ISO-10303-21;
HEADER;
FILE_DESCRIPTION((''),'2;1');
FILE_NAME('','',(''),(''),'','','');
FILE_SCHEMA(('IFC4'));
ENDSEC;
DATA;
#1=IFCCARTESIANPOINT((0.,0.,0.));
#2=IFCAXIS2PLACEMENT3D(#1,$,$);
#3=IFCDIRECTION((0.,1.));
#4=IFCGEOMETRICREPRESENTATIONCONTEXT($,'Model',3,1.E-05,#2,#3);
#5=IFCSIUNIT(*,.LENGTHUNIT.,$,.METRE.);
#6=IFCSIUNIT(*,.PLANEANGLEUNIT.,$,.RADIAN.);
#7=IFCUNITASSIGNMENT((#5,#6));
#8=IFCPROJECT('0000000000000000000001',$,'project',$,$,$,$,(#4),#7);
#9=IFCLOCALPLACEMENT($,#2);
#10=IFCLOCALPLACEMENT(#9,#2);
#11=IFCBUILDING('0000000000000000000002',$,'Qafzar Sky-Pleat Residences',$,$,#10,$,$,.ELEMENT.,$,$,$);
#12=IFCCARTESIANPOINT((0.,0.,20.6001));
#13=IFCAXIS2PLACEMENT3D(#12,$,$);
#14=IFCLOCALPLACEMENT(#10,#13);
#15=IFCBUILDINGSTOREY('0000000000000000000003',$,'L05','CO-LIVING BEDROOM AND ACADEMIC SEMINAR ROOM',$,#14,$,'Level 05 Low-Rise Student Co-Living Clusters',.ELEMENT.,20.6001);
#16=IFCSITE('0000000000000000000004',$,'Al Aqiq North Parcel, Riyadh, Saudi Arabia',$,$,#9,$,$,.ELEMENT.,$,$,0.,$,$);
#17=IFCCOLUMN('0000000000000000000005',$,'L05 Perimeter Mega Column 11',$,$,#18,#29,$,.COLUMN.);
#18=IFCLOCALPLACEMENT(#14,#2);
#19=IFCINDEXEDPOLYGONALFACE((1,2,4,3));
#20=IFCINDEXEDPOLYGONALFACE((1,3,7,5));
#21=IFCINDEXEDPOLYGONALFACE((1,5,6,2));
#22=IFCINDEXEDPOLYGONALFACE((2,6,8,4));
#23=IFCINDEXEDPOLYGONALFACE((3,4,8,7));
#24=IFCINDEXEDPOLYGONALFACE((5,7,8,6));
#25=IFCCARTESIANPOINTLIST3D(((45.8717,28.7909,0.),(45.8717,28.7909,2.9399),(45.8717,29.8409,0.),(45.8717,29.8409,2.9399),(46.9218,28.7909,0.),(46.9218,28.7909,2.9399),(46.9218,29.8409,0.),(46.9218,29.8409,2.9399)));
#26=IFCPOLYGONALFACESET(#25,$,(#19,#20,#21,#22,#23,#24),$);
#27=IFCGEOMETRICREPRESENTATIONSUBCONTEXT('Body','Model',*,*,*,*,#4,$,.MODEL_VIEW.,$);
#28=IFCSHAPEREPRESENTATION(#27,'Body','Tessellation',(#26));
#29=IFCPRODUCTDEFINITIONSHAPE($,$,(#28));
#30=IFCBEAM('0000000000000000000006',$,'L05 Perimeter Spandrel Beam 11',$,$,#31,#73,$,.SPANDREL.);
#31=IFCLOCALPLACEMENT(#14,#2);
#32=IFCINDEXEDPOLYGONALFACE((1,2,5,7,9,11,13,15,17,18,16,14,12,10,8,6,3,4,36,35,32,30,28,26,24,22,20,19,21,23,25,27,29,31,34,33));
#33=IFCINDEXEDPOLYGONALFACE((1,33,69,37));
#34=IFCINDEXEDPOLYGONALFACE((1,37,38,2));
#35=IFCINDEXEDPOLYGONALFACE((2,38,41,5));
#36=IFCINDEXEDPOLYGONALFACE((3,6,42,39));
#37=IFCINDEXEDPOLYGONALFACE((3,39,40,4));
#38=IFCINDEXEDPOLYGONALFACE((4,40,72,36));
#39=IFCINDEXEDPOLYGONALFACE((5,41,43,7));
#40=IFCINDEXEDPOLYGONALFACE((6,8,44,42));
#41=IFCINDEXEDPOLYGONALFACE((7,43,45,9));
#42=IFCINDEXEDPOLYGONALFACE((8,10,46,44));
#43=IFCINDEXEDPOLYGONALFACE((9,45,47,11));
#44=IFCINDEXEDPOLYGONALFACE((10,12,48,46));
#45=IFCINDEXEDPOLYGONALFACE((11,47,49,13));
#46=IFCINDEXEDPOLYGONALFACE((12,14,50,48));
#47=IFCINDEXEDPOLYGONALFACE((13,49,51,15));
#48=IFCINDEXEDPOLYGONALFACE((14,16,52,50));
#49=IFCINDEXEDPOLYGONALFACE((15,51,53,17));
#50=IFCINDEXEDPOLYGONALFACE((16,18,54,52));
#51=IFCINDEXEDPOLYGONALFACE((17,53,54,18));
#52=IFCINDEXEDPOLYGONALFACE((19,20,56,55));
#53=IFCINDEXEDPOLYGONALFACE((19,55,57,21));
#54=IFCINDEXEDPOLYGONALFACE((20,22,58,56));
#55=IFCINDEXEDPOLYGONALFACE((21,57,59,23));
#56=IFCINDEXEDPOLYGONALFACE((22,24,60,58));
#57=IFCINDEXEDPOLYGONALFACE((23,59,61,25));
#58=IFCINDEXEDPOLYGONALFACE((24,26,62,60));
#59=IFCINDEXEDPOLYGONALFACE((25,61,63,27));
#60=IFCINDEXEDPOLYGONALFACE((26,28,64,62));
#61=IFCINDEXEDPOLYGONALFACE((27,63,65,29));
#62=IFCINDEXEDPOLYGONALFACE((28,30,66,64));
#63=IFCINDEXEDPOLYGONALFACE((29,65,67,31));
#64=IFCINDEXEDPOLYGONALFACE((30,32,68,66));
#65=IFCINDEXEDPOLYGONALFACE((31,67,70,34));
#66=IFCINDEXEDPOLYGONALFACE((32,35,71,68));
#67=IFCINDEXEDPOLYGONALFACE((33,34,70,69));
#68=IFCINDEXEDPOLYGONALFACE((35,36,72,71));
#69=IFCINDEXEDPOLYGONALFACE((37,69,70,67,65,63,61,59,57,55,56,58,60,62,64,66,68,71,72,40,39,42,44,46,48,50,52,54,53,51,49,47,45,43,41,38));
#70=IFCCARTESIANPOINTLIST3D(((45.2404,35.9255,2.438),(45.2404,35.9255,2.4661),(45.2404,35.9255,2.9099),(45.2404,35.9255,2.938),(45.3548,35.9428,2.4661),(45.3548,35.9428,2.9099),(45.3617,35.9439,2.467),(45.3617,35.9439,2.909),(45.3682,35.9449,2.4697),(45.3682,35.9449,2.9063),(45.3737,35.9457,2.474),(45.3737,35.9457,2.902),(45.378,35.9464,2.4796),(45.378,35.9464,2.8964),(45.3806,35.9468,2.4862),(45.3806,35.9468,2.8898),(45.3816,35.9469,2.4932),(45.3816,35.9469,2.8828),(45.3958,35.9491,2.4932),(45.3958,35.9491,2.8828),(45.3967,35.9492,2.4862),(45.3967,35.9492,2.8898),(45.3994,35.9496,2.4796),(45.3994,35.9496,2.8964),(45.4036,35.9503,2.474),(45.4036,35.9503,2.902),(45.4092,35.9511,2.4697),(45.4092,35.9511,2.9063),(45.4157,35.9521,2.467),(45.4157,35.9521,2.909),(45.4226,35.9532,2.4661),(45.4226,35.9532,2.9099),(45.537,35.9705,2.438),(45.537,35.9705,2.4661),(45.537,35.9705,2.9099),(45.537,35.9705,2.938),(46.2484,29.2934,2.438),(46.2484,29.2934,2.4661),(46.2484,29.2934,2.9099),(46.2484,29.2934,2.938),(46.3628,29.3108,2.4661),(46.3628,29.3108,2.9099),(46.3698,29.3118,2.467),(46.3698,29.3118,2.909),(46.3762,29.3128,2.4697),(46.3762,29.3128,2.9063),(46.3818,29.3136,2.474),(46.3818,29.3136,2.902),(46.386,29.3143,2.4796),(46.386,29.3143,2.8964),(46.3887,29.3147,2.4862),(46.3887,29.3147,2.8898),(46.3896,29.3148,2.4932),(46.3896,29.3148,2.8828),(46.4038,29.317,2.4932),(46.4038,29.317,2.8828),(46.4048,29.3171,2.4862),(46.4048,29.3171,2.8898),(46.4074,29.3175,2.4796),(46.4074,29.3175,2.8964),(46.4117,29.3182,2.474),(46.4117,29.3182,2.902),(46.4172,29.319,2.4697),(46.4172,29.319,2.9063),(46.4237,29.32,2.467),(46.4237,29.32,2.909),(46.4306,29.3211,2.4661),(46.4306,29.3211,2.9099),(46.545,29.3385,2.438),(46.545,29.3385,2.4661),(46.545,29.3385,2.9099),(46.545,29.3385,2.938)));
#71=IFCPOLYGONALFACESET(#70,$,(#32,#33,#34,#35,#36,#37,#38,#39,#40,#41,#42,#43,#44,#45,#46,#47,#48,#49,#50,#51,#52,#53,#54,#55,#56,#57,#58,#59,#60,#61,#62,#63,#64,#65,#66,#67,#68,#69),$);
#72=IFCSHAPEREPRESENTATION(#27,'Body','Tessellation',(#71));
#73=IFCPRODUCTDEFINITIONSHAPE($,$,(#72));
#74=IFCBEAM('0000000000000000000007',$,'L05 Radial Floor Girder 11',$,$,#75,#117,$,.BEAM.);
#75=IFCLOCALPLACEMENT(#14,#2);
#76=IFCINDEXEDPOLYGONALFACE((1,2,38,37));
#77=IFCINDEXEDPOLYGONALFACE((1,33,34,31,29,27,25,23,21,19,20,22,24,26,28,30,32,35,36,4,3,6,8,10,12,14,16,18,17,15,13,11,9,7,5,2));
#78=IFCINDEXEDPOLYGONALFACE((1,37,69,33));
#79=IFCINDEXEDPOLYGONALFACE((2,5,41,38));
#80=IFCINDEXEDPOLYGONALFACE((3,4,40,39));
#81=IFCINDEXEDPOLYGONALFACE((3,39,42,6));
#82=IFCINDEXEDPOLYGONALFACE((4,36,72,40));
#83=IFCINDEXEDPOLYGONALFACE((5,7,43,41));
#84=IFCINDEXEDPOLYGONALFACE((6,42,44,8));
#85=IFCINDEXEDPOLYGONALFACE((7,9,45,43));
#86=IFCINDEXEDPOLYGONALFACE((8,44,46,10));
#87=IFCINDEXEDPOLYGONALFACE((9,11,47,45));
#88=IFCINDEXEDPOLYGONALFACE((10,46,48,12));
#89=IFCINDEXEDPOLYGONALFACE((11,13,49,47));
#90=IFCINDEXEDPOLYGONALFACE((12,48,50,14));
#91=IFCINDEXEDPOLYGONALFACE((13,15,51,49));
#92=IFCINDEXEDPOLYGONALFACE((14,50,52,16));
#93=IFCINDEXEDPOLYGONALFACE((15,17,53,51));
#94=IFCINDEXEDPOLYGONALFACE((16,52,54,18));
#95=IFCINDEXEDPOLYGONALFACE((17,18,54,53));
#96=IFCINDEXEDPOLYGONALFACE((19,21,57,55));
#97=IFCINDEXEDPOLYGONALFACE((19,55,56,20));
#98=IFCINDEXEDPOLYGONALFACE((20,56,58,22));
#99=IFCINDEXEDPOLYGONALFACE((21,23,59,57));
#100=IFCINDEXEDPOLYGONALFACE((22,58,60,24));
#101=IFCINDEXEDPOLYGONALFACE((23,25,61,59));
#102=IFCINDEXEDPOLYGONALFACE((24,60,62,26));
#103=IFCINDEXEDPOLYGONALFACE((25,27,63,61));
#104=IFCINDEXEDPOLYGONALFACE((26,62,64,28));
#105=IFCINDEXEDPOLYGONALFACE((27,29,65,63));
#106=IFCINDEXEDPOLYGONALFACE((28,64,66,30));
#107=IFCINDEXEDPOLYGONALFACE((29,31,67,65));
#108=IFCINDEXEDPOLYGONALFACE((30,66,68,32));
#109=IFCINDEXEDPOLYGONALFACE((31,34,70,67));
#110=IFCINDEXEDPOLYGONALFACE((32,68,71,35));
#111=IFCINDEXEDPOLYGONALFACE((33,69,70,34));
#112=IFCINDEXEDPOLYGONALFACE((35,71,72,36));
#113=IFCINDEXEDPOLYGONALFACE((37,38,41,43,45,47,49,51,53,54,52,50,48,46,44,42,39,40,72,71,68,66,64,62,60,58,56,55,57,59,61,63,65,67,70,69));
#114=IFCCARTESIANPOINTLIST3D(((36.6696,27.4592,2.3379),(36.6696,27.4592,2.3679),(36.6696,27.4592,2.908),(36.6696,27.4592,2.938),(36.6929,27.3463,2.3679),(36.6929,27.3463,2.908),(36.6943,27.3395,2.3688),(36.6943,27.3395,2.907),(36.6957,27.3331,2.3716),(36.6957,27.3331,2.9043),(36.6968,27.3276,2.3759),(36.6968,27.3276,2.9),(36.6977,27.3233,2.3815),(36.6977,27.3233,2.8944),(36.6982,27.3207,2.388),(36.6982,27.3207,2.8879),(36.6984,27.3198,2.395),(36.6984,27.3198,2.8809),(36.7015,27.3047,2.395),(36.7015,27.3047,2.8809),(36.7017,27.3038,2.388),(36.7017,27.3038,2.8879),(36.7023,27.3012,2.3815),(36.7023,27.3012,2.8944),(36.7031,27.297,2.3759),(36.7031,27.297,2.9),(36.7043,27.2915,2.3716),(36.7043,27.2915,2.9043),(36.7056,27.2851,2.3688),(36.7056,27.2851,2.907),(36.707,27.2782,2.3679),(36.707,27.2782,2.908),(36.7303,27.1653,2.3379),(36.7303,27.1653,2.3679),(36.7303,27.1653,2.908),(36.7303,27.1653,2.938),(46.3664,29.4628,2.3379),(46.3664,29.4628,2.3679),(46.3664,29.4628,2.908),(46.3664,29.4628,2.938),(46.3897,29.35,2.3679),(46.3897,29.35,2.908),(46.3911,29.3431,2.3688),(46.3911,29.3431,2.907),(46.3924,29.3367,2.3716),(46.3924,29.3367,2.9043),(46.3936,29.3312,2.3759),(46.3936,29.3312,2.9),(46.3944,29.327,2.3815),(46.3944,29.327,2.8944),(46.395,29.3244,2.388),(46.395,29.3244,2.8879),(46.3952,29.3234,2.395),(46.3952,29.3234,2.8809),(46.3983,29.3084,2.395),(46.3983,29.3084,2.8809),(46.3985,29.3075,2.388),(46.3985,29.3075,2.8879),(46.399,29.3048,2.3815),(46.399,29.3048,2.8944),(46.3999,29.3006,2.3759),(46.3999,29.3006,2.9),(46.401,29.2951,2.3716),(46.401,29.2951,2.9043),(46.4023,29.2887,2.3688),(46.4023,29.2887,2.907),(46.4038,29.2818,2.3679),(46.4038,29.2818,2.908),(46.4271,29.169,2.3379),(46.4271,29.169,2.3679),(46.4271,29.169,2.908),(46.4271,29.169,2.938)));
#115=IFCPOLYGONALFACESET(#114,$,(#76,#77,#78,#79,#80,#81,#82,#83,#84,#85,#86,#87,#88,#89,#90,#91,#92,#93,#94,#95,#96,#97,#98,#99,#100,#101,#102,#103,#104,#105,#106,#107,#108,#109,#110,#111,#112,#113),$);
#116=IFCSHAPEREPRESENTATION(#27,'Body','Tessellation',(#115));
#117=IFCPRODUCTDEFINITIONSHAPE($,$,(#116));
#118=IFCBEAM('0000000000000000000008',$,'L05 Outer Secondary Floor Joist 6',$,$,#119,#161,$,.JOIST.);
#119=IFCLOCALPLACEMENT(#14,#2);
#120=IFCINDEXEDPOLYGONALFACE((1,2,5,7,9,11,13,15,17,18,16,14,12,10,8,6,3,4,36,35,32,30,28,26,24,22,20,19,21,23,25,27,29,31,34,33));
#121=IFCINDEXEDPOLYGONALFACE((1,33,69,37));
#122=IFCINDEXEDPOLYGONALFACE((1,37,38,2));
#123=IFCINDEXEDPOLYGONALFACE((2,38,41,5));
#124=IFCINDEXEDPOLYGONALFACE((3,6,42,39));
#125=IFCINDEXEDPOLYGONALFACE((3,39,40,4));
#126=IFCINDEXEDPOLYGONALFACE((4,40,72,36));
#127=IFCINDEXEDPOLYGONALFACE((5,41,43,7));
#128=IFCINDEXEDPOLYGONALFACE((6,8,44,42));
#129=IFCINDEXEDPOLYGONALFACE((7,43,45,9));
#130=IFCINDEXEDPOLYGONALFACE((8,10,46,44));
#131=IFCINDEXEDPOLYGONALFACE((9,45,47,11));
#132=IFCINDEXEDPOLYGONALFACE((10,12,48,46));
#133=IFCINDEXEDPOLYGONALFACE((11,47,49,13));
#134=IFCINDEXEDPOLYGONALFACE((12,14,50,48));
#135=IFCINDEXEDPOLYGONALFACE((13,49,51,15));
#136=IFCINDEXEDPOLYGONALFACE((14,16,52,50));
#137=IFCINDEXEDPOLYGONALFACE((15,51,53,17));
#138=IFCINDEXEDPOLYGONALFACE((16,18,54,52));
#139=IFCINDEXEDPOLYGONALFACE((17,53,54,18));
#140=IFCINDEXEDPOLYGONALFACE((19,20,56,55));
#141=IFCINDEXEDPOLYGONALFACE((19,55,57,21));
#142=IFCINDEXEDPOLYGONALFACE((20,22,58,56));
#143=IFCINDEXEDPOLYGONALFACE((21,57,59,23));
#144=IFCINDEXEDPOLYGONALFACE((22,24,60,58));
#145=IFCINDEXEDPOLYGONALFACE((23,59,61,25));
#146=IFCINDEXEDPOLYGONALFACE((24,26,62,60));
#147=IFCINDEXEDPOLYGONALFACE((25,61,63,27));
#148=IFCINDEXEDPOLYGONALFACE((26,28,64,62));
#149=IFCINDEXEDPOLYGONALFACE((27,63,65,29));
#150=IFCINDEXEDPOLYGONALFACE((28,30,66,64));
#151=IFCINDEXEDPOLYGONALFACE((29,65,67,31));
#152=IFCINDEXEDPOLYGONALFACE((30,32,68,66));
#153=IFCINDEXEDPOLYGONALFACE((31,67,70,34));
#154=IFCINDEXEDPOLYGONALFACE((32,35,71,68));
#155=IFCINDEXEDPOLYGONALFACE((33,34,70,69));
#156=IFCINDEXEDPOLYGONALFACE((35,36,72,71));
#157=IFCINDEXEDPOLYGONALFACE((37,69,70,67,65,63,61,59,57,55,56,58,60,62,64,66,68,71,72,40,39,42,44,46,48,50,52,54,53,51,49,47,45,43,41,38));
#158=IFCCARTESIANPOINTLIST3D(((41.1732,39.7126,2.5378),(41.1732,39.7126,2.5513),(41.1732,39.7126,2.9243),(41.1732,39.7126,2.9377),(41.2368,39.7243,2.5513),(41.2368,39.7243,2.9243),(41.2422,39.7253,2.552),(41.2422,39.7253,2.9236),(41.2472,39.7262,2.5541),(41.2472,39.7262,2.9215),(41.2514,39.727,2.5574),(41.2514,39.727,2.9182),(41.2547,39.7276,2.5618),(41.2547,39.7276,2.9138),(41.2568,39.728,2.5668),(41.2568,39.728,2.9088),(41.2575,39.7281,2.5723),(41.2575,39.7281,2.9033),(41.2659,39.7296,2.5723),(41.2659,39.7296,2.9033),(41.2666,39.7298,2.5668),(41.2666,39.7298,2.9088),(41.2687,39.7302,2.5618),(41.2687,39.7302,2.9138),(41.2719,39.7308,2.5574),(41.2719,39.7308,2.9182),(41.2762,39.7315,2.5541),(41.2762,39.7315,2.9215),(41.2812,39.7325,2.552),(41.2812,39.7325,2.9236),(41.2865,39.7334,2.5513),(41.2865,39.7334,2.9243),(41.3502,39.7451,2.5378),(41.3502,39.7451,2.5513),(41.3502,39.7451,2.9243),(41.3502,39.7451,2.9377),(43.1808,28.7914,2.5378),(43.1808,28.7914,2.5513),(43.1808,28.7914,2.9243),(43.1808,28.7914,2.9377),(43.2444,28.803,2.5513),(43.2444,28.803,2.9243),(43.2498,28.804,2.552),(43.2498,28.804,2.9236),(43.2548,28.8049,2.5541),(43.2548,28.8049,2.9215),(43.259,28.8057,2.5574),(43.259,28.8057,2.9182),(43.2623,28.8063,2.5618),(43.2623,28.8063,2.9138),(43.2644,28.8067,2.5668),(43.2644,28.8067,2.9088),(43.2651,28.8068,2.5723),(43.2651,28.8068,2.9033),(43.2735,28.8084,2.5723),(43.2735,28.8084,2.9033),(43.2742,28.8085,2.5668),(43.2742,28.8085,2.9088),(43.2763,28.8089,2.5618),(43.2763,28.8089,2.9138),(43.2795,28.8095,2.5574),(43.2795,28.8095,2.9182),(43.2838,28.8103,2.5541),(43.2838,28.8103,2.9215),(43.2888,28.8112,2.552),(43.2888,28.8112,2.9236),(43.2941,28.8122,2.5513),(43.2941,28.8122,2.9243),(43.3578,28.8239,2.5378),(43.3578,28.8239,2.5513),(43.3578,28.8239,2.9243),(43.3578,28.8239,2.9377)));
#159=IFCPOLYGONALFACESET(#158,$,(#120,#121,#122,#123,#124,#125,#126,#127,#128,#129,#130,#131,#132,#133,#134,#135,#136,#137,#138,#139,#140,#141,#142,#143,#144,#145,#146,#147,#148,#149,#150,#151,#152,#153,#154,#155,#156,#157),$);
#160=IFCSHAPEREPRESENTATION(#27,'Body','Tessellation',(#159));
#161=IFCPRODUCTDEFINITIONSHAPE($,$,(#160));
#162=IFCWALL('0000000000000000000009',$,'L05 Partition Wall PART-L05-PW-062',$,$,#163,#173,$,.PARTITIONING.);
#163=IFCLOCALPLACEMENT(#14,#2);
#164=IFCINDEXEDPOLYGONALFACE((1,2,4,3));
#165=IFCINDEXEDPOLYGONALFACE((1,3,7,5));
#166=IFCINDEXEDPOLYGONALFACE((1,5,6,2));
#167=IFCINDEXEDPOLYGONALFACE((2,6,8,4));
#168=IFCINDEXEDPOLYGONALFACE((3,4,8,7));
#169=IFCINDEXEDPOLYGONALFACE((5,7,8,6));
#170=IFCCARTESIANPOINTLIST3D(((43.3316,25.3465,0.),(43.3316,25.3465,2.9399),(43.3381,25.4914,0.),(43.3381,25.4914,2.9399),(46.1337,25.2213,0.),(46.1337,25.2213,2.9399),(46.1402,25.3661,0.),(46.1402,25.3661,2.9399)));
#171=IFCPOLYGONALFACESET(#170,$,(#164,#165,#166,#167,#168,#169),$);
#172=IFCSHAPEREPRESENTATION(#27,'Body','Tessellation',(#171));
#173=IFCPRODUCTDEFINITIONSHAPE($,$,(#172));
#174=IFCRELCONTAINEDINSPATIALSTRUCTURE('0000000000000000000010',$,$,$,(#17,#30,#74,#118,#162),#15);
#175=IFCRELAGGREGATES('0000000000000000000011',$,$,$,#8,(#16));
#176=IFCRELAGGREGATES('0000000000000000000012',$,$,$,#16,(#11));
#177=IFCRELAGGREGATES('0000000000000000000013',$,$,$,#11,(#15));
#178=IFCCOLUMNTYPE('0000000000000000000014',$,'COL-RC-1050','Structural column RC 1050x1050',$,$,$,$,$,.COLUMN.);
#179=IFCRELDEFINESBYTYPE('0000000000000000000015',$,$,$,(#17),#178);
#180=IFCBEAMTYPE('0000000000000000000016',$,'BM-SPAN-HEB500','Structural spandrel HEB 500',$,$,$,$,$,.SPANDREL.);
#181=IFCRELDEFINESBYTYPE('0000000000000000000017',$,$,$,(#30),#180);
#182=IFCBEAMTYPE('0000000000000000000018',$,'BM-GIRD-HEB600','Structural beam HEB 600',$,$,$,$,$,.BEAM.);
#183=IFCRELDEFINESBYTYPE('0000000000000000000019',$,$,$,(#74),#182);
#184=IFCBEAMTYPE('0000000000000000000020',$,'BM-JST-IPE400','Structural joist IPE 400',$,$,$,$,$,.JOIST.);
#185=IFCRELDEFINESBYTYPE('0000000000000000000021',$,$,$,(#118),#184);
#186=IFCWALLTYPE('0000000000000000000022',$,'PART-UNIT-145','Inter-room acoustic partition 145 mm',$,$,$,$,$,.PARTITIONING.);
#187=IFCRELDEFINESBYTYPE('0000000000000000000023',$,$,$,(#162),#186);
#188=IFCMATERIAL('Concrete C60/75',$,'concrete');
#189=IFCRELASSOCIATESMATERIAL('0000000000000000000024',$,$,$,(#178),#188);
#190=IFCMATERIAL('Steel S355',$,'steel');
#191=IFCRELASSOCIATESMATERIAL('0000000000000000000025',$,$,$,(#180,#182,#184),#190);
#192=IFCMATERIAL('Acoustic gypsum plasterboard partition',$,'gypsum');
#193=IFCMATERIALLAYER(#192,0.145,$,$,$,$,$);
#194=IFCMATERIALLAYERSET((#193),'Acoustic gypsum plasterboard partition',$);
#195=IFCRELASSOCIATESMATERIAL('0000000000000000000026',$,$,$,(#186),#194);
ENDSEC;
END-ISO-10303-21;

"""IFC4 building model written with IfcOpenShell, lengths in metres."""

from ifc_helpers import new_model, si_unit, direction, frame, frame_2d, origin, origin_2d, place, context, subcontext, project, spatial, rectangle, i_section, extrude, source, transform, mapped, material, layer, layer_set, material_profile, profile_set, type_object, element, save


model = new_model("IFC4")

# Units and contexts
model_context = context("Model", 3, precision=1e-05, world=origin(), true_north=direction((0.0, 1.0)))
body_context = subcontext(model_context, "Body", "Model", "MODEL_VIEW")
ifc_project = project(units=[si_unit("LENGTHUNIT", "METRE"), si_unit("PLANEANGLEUNIT", "RADIAN")], contexts=[model_context])

# Site, building, storey
site_placement = place(None, origin())
site = spatial("IfcSite", under=ifc_project, at=site_placement, Name="Al Aqiq North Parcel, Riyadh, Saudi Arabia", CompositionType="ELEMENT", RefElevation=0.0)
building_placement = place(site_placement, origin())
building = spatial("IfcBuilding", under=site, at=building_placement, Name="Qafzar Sky-Pleat Residences", CompositionType="ELEMENT")
storey_placement = place(building_placement, frame((0.0, 0.0, 20.6001)))
storey = spatial("IfcBuildingStorey", under=building, at=storey_placement, Name="L05", Description="CO-LIVING BEDROOM AND ACADEMIC SEMINAR ROOM", LongName="Level 05 Low-Rise Student Co-Living Clusters", CompositionType="ELEMENT", Elevation=20.6001)

# Column
ifc_material_1 = material(Name="Concrete C60/75", Category="concrete")
ifc_material_profile_1 = material_profile(ifc_material_1, rectangle(XDim=1.05, YDim=1.05, at=origin_2d()), Name="RC 1050x1050")
ifc_profile_set_1 = profile_set([ifc_material_profile_1], Name="Concrete C60/75")
column_type = type_object("IfcColumnType", Name="COL-RC-1050", Description="Structural column RC 1050x1050", PredefinedType="COLUMN", material=ifc_profile_set_1)
shared_shape_1 = source(origin(), body_context, "Body", "SweptSolid", [
    extrude(rectangle(XDim=1.05, YDim=1.05, at=origin_2d()), origin(), (0.0, 0.0, 1.0), 2.9399),
])
column_placement = place(storey_placement, frame((46.3967, 29.3159, 0.0), z_axis=(0.0, 0.0, 1.0), x_axis=(1.0, 0.0, 0.0)))
element("IfcColumn", 1, at=column_placement, inside=storey, type_object=column_type, Name="L05 Perimeter Mega Column 11", PredefinedType="COLUMN", context=body_context, shape_type="MappedRepresentation", body=[
    mapped(shared_shape_1, transform((0.0, 0.0, 0.0), x_axis=(1.0, 0.0, 0.0), y_axis=(0.0, 1.0, 0.0), z_axis=(0.0, 0.0, 1.0), scale=1.0)),
])

# Beams
ifc_material_2 = material(Name="Steel S355", Category="steel")
ifc_material_profile_2 = material_profile(ifc_material_2, i_section(OverallWidth=0.3, OverallDepth=0.5, WebThickness=0.0144, FlangeThickness=0.0281, FilletRadius=0.0271, at=origin_2d()), Name="HEB 500")
ifc_profile_set_2 = profile_set([ifc_material_profile_2], Name="Steel S355")
beam_type_1 = type_object("IfcBeamType", Name="BM-SPAN-HEB500", Description="Structural spandrel HEB 500", PredefinedType="SPANDREL", material=ifc_profile_set_2)
shared_shape_2 = source(origin(), body_context, "Body", "SweptSolid", [
    extrude(i_section(OverallWidth=0.3, OverallDepth=0.5, WebThickness=0.0144, FlangeThickness=0.0281, FilletRadius=0.0271, at=origin_2d()), origin(), (0.0, 0.0, 1.0), 6.7083),
])
beam_1_placement = place(storey_placement, frame((46.3967, 29.3159, 2.688), z_axis=(-0.150271, 0.988645, 0.0), x_axis=(-0.988645, -0.150271, 0.0)))
element("IfcBeam", 2, at=beam_1_placement, inside=storey, type_object=beam_type_1, Name="L05 Perimeter Spandrel Beam 11", PredefinedType="SPANDREL", context=body_context, shape_type="MappedRepresentation", body=[
    mapped(shared_shape_2, transform((0.0, 0.0, 0.0), x_axis=(1.0, 0.0, 0.0), y_axis=(0.0, 1.0, 0.0), z_axis=(0.0, 0.0, 1.0), scale=1.0)),
])
ifc_material_profile_3 = material_profile(ifc_material_2, i_section(OverallWidth=0.3, OverallDepth=0.6001, WebThickness=0.0154, FlangeThickness=0.03, FilletRadius=0.0271, at=origin_2d()), Name="HEB 600")
ifc_profile_set_3 = profile_set([ifc_material_profile_3], Name="Steel S355")
beam_type_2 = type_object("IfcBeamType", Name="BM-GIRD-HEB600", Description="Structural beam HEB 600", PredefinedType="BEAM", material=ifc_profile_set_3)
shared_shape_3 = source(origin(), body_context, "Body", "SweptSolid", [
    extrude(i_section(OverallWidth=0.3, OverallDepth=0.6001, WebThickness=0.0154, FlangeThickness=0.03, FilletRadius=0.0271, at=origin_2d()), origin(), (0.0, 0.0, 1.0), 9.9016),
])
beam_2_placement = place(storey_placement, frame((46.3967, 29.3159, 2.6379), z_axis=(-0.979312, -0.202357, 0.0), x_axis=(0.202357, -0.979312, 0.0)))
element("IfcBeam", 3, at=beam_2_placement, inside=storey, type_object=beam_type_2, Name="L05 Radial Floor Girder 11", PredefinedType="BEAM", context=body_context, shape_type="MappedRepresentation", body=[
    mapped(shared_shape_3, transform((0.0, 0.0, 0.0), x_axis=(1.0, 0.0, 0.0), y_axis=(0.0, 1.0, 0.0), z_axis=(0.0, 0.0, 1.0), scale=1.0)),
])
ifc_material_profile_4 = material_profile(ifc_material_2, i_section(OverallWidth=0.1799, OverallDepth=0.3999, WebThickness=0.0085, FlangeThickness=0.0134, FilletRadius=0.021, at=origin_2d()), Name="IPE 400")
ifc_profile_set_4 = profile_set([ifc_material_profile_4], Name="Steel S355")
beam_type_3 = type_object("IfcBeamType", Name="BM-JST-IPE400", Description="Structural joist IPE 400", PredefinedType="JOIST", material=ifc_profile_set_4)
shared_shape_4 = source(origin(), body_context, "Body", "SweptSolid", [
    extrude(i_section(OverallWidth=0.1799, OverallDepth=0.3999, WebThickness=0.0085, FlangeThickness=0.0134, FilletRadius=0.021, at=origin_2d()), origin(), (0.0, 0.0, 1.0), 11.1042),
])
beam_3_placement = place(storey_placement, frame((43.2693, 28.8076, 2.7378), z_axis=(-0.180795, 0.983521, 0.0), x_axis=(-0.983521, -0.180795, 0.0)))
element("IfcBeam", 4, at=beam_3_placement, inside=storey, type_object=beam_type_3, Name="L05 Outer Secondary Floor Joist 6", PredefinedType="JOIST", context=body_context, shape_type="MappedRepresentation", body=[
    mapped(shared_shape_4, transform((0.0, 0.0, 0.0), x_axis=(1.0, 0.0, 0.0), y_axis=(0.0, 1.0, 0.0), z_axis=(0.0, 0.0, 1.0), scale=1.0)),
])

# Wall
ifc_material_3 = material(Name="Acoustic gypsum plasterboard partition", Category="gypsum")
ifc_layer_1 = layer(ifc_material_3, 0.145)
ifc_layer_set_1 = layer_set([ifc_layer_1], Name="Acoustic gypsum plasterboard partition")
wall_type_1 = type_object("IfcWallType", Name="PART-UNIT-145", Description="Inter-room acoustic partition 145 mm", PredefinedType="PARTITIONING", material=ifc_layer_set_1)
wall_1_placement = place(storey_placement, frame((43.335, 25.4189, 0.0), z_axis=(0.0, 0.0, 1.0), x_axis=(0.999003, -0.04465, 0.0)))
element("IfcWall", 5, at=wall_1_placement, inside=storey, type_object=wall_type_1, Name="L05 Partition Wall PART-L05-PW-062", PredefinedType="PARTITIONING", context=body_context, shape_type="SweptSolid", body=[
    extrude(rectangle(XDim=2.8049, YDim=0.145, at=frame_2d((1.4023, 0.0))), origin(), (0.0, 0.0, 1.0), 2.9399),
])

save(model, "model.ifc")
